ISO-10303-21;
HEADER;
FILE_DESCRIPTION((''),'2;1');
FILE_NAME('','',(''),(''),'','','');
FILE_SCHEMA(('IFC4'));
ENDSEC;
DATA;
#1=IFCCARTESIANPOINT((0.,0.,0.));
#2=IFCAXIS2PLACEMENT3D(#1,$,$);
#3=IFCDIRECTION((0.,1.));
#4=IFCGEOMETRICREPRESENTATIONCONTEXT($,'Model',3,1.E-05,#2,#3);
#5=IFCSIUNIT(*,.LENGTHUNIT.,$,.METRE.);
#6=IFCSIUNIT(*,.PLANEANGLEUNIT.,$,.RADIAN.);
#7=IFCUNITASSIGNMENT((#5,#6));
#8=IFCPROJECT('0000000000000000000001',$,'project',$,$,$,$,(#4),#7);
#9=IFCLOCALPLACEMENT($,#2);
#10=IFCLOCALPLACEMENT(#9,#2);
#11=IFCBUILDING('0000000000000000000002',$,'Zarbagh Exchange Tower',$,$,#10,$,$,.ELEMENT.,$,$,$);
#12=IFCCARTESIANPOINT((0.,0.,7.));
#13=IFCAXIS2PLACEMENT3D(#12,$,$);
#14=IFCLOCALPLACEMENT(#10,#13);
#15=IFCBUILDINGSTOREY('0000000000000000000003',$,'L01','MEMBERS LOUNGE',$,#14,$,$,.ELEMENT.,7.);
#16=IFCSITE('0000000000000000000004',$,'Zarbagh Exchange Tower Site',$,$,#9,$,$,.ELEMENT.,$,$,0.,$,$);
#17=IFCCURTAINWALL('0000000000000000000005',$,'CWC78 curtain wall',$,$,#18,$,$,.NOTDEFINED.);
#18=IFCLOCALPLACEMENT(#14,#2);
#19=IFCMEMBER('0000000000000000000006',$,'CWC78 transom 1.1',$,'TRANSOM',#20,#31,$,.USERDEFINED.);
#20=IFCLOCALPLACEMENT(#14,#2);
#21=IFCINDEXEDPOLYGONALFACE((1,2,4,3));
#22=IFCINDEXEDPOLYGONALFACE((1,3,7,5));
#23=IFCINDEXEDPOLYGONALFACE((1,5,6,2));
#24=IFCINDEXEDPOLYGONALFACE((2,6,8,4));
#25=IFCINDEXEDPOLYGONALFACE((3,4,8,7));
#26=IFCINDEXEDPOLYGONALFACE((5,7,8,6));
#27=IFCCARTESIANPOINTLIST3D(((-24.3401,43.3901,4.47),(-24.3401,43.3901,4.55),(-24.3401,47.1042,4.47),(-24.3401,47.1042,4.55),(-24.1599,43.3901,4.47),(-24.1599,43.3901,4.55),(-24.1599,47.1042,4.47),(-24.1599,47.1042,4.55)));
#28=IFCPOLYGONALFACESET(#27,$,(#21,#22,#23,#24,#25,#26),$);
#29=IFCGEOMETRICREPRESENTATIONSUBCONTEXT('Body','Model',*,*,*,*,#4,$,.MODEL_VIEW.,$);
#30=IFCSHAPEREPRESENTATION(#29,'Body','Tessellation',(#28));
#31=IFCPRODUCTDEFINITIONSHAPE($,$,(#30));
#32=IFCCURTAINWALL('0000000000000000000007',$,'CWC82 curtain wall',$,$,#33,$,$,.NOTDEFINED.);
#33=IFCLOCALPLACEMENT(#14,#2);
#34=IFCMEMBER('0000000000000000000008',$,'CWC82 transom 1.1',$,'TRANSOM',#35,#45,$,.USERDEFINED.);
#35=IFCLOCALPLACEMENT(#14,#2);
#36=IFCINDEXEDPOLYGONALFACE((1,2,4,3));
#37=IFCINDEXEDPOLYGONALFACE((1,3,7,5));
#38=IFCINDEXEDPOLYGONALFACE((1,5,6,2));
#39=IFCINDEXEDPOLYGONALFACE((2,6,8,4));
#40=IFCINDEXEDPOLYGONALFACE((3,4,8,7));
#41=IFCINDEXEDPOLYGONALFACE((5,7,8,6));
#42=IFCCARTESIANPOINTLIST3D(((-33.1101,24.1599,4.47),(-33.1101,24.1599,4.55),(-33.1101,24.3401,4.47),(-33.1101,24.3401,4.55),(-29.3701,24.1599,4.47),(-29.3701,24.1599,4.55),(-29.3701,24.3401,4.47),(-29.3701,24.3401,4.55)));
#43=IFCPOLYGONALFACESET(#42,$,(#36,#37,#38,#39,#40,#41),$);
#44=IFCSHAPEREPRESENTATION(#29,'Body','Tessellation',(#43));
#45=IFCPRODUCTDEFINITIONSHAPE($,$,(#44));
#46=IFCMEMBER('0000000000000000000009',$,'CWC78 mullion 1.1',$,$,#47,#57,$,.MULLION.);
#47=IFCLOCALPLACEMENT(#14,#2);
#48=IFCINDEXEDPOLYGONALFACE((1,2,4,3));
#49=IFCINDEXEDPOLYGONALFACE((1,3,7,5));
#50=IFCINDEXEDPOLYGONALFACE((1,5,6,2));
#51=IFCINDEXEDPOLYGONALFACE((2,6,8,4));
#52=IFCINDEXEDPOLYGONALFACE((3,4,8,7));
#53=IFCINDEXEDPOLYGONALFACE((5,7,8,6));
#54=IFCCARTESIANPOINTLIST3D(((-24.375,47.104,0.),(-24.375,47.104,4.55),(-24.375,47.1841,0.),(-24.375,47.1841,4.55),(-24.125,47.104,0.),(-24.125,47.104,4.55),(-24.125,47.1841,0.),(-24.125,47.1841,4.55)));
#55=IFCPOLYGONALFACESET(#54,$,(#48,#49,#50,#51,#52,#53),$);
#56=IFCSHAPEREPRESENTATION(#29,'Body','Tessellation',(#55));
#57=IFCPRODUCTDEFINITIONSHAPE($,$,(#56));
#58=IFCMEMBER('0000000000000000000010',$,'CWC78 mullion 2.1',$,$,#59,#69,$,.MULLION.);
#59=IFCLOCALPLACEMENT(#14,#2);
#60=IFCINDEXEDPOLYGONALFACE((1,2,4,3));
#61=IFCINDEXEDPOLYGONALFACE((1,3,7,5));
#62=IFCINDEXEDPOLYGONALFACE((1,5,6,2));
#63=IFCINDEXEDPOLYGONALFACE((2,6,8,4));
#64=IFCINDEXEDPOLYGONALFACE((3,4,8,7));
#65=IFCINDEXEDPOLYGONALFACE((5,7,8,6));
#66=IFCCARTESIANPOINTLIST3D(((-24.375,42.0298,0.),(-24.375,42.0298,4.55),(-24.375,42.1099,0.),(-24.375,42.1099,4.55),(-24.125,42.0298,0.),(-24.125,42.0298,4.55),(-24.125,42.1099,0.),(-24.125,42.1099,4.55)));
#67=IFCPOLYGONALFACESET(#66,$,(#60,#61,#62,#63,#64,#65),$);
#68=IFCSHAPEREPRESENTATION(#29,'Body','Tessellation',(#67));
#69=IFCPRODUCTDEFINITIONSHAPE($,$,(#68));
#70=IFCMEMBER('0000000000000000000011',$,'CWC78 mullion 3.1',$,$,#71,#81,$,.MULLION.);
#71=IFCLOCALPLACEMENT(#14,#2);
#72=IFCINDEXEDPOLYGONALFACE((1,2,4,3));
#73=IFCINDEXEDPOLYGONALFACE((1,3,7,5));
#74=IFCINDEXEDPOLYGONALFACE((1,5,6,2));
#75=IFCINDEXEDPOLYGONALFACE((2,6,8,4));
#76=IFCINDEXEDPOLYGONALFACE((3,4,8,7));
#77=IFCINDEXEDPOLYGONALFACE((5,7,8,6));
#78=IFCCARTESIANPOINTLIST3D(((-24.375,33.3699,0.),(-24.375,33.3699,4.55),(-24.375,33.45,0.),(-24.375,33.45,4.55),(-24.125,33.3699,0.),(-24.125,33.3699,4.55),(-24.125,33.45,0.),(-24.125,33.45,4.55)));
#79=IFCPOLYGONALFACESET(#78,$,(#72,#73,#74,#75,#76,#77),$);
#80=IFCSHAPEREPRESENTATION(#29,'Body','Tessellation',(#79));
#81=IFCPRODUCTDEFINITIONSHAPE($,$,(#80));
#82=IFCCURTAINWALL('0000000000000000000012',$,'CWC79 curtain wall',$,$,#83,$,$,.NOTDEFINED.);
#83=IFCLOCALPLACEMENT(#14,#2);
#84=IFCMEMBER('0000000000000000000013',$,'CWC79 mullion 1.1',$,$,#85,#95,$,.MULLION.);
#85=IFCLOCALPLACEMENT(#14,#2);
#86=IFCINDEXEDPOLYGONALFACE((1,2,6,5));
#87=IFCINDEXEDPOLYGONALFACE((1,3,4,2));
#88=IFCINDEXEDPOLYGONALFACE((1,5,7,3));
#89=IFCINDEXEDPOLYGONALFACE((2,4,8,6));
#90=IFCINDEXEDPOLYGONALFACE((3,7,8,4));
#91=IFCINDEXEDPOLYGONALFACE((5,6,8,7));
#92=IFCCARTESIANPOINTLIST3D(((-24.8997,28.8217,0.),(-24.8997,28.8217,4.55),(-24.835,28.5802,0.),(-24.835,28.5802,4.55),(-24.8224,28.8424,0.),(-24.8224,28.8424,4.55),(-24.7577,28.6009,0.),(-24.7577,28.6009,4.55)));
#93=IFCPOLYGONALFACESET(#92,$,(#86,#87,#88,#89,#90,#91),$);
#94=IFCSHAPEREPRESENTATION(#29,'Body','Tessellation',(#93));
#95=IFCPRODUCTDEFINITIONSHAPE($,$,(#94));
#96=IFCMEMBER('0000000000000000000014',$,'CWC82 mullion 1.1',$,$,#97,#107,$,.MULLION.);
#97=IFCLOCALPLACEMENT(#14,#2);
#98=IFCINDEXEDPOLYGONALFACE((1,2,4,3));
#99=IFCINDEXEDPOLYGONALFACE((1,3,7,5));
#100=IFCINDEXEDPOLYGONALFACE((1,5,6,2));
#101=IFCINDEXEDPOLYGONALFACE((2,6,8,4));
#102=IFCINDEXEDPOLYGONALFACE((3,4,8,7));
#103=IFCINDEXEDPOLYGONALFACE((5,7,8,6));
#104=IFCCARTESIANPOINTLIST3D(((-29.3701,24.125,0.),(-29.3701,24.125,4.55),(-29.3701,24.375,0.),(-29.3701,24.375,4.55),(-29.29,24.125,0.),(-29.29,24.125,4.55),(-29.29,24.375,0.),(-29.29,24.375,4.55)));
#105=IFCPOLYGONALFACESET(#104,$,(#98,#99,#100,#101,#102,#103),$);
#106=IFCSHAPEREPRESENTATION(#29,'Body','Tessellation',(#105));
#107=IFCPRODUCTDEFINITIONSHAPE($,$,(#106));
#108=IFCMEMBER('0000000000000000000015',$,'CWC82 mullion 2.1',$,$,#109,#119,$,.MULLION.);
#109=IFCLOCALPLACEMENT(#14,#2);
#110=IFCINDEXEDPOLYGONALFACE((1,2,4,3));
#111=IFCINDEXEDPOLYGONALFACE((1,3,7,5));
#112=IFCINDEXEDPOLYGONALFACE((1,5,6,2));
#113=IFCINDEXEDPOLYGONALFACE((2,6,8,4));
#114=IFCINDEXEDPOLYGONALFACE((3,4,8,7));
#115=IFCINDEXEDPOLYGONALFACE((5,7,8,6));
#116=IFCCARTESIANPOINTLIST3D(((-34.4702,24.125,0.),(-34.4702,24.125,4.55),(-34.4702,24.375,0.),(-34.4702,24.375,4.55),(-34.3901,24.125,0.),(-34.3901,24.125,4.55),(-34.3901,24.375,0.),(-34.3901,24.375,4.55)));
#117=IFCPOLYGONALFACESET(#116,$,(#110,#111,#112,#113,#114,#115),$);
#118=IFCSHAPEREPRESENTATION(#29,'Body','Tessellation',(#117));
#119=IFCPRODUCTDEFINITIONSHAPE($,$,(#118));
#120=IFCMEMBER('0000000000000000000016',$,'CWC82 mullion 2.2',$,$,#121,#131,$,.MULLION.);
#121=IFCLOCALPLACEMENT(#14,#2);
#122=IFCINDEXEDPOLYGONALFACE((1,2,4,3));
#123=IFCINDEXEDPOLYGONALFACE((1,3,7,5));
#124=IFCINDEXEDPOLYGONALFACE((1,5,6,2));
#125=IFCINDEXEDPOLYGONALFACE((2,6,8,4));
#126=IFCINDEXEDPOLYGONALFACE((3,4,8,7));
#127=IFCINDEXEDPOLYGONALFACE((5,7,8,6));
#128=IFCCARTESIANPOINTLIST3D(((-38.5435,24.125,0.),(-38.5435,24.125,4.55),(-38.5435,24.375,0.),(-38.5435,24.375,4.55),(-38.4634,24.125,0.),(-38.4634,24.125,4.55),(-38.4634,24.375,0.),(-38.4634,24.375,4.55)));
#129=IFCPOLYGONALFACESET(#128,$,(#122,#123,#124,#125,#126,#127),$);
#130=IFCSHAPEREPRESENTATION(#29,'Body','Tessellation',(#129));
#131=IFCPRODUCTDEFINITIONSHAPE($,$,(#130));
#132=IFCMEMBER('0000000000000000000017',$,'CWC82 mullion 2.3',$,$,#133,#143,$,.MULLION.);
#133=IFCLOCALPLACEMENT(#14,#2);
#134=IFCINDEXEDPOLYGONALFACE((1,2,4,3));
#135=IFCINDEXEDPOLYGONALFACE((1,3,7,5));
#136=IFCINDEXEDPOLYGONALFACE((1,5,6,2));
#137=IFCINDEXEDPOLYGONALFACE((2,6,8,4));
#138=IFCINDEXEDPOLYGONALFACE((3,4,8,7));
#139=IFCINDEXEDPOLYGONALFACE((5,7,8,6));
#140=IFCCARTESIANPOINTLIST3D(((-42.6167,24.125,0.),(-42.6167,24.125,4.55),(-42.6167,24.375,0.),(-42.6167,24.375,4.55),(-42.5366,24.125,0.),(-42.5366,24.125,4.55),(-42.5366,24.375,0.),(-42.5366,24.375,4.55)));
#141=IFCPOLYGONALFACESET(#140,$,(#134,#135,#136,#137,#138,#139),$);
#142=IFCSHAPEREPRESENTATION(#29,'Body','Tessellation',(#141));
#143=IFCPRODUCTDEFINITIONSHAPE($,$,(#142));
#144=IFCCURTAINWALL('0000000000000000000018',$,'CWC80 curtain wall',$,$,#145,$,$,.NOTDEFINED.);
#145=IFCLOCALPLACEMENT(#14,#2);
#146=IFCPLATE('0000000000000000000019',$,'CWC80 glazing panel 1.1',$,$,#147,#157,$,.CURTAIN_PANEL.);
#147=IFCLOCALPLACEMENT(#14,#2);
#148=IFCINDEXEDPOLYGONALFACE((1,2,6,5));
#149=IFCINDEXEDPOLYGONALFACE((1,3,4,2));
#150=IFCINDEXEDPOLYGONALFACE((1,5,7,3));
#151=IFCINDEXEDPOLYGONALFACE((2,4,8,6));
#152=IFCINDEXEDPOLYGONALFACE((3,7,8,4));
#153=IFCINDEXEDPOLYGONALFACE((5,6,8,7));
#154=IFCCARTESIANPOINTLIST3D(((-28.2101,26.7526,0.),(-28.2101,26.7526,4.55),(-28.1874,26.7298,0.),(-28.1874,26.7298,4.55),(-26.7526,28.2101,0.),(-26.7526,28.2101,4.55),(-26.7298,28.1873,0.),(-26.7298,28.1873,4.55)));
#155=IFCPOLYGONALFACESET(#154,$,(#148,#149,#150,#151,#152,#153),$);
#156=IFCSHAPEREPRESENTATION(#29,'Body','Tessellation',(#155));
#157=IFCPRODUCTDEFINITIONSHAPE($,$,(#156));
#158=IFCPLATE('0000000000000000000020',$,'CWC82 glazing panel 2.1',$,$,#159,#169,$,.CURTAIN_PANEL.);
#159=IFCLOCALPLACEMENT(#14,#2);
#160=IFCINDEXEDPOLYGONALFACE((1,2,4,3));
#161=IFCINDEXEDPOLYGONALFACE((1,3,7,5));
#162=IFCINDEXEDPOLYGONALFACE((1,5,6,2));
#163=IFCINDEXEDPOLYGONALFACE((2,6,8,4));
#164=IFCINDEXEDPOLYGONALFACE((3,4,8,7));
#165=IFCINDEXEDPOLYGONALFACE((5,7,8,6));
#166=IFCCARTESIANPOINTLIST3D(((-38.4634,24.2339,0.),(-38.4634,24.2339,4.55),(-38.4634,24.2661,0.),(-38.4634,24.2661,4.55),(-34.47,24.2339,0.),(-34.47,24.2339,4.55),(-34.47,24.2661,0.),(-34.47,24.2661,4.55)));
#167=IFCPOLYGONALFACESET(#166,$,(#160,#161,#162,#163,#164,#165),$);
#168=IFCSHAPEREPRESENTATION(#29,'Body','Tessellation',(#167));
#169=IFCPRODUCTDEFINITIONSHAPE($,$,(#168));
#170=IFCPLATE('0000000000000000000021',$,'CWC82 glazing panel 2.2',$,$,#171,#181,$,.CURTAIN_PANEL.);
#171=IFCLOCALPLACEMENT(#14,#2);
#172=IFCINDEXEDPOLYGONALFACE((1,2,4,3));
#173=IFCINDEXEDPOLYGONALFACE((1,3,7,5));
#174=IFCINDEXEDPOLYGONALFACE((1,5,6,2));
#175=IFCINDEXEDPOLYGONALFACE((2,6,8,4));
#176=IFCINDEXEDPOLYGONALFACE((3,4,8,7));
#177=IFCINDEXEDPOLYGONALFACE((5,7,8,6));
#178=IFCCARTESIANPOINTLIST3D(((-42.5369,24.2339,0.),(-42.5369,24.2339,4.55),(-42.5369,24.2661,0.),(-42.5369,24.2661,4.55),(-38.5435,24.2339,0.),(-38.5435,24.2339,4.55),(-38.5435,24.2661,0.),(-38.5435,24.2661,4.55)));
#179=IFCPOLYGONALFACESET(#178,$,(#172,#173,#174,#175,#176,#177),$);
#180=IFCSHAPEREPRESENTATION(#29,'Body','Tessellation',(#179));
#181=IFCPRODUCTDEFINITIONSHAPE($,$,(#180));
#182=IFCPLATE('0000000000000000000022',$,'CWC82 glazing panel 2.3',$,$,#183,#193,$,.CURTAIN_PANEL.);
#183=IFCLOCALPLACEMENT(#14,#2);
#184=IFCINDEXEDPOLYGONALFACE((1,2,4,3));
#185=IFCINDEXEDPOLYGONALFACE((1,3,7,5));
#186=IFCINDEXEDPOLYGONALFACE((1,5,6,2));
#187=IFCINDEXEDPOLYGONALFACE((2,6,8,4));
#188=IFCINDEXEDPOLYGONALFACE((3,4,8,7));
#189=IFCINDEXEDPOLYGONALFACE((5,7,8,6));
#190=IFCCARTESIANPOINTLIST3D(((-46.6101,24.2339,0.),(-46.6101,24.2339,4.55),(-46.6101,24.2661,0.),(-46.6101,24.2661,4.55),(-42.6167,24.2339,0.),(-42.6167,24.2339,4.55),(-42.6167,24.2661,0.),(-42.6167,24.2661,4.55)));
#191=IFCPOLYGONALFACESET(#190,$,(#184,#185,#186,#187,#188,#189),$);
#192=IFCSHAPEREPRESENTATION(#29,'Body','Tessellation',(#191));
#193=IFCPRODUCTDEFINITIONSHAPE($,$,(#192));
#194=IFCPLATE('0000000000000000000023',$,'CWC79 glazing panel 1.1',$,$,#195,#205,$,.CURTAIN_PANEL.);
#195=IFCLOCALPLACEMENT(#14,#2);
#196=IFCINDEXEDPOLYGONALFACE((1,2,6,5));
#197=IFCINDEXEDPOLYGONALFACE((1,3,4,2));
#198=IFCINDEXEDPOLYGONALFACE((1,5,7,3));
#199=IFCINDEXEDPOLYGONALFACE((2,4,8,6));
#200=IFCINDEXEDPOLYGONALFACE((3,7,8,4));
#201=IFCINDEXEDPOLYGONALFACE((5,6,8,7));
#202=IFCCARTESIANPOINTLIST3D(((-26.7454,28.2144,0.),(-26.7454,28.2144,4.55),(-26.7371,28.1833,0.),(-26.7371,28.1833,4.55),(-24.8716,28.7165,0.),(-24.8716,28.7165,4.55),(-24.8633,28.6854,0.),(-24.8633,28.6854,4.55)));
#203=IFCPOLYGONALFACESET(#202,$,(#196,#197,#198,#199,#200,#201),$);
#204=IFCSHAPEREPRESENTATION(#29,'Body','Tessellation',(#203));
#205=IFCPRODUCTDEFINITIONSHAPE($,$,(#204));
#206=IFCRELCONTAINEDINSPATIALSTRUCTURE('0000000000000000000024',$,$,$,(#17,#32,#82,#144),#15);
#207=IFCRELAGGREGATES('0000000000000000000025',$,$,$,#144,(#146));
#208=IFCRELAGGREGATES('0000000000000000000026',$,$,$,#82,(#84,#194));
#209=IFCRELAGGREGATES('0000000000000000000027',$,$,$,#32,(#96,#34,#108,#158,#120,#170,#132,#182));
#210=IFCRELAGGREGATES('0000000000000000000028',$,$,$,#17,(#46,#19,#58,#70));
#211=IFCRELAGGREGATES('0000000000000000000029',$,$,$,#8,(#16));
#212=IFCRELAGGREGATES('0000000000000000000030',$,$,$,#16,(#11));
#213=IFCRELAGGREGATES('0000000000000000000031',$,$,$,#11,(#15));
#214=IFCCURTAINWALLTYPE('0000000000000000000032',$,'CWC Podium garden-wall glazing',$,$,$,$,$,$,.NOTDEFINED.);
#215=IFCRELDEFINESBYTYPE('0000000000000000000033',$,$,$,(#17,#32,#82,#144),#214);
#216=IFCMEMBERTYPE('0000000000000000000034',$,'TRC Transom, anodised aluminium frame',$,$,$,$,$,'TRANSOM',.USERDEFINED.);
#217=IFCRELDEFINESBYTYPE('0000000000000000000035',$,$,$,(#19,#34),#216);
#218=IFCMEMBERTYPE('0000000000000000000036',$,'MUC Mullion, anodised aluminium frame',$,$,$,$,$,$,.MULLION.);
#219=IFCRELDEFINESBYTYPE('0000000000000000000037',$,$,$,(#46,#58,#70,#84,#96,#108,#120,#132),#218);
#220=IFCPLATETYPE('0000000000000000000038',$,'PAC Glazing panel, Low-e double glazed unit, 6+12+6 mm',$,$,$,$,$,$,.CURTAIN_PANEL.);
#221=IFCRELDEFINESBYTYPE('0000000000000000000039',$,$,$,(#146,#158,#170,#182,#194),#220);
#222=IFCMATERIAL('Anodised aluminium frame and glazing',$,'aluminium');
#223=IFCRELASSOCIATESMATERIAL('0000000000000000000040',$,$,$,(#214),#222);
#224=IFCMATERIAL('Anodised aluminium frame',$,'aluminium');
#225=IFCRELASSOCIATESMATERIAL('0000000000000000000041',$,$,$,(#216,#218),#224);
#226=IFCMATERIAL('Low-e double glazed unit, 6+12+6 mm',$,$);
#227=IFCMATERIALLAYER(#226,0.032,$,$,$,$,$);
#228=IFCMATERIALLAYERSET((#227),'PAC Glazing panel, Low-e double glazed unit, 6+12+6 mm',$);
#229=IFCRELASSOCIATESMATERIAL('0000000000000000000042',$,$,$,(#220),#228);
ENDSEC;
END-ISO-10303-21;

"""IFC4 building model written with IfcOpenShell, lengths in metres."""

from ifc_helpers import new_model, si_unit, direction, frame, origin, place, context, subcontext, project, spatial, polyline, outline, extrude, source, transform, mapped, material, layer, layer_set, type_object, element, aggregate, save


model = new_model("IFC4")

# Units and contexts
model_context = context("Model", 3, precision=1e-05, world=origin(), true_north=direction((0.0, 1.0)))
body_context = subcontext(model_context, "Body", "Model", "MODEL_VIEW")
ifc_project = project(units=[si_unit("LENGTHUNIT", "METRE"), si_unit("PLANEANGLEUNIT", "RADIAN")], contexts=[model_context])

# Site, building, storey
site_placement = place(None, origin())
site = spatial("IfcSite", under=ifc_project, at=site_placement, Name="Zarbagh Exchange Tower Site", CompositionType="ELEMENT", RefElevation=0.0)
building_placement = place(site_placement, origin())
building = spatial("IfcBuilding", under=site, at=building_placement, Name="Zarbagh Exchange Tower", CompositionType="ELEMENT")
storey_placement = place(building_placement, frame((0.0, 0.0, 7.0)))
storey = spatial("IfcBuildingStorey", under=building, at=storey_placement, Name="L01", Description="MEMBERS LOUNGE", CompositionType="ELEMENT", Elevation=7.0)

# Curtain walls, members
ifc_material_1 = material(Name="Anodised aluminium frame and glazing", Category="aluminium")
curtain_wall_type = type_object("IfcCurtainWallType", Name="CWC Podium garden-wall glazing", PredefinedType="NOTDEFINED", material=ifc_material_1)
curtain_wall_1_placement = place(storey_placement, origin())
curtain_wall_1 = element("IfcCurtainWall", 1, at=curtain_wall_1_placement, inside=storey, type_object=curtain_wall_type, Name="CWC78 curtain wall", PredefinedType="NOTDEFINED")
ifc_material_2 = material(Name="Anodised aluminium frame", Category="aluminium")
member_type_1 = type_object("IfcMemberType", Name="TRC Transom, anodised aluminium frame", ElementType="TRANSOM", PredefinedType="USERDEFINED", material=ifc_material_2)
shared_shape_1 = source(origin(), body_context, "Body", "SweptSolid", [
    extrude(outline(polyline([(-0.0801, -0.0901), (0.0, -0.0901), (0.0, 0.0901), (-0.0801, 0.0901), (-0.0801, -0.0901)])), origin(), (0.0, 0.0, 1.0), 3.7141),
])
placement = place(storey_placement, origin())
member_1 = element("IfcMember", 2, at=placement, type_object=member_type_1, Name="CWC78 transom 1.1", ObjectType="TRANSOM", PredefinedType="USERDEFINED", context=body_context, shape_type="MappedRepresentation", body=[
    mapped(shared_shape_1, transform((-24.25, 47.1042, 4.55), x_axis=(0.0, 0.0, 1.0), y_axis=(-1.0, 0.0, 0.0), z_axis=(0.0, -1.0, 0.0))),
])
curtain_wall_2_placement = place(storey_placement, origin())
curtain_wall_2 = element("IfcCurtainWall", 3, at=curtain_wall_2_placement, inside=storey, type_object=curtain_wall_type, Name="CWC82 curtain wall", PredefinedType="NOTDEFINED")
shared_shape_2 = source(origin(), body_context, "Body", "SweptSolid", [
    extrude(outline(polyline([(-0.0801, -0.0901), (0.0, -0.0901), (0.0, 0.0901), (-0.0801, 0.0901), (-0.0801, -0.0901)])), origin(), (0.0, 0.0, 1.0), 3.74),
])
member_2 = element("IfcMember", 4, at=placement, type_object=member_type_1, Name="CWC82 transom 1.1", ObjectType="TRANSOM", PredefinedType="USERDEFINED", context=body_context, shape_type="MappedRepresentation", body=[
    mapped(shared_shape_2, transform((-29.3701, 24.25, 4.55), x_axis=(0.0, 0.0, 1.0), y_axis=(0.0, 1.0, 0.0), z_axis=(-1.0, 0.0, 0.0))),
])

# Members
member_type_2 = type_object("IfcMemberType", Name="MUC Mullion, anodised aluminium frame", PredefinedType="MULLION", material=ifc_material_2)
shared_shape_3 = source(origin(), body_context, "Body", "SweptSolid", [
    extrude(outline(polyline([(0.0, -0.125), (0.0801, -0.125), (0.0801, 0.125), (0.0, 0.125), (0.0, -0.125)])), origin(), (0.0, 0.0, 1.0), 4.55),
])
member_3 = element("IfcMember", 5, at=placement, type_object=member_type_2, Name="CWC78 mullion 1.1", PredefinedType="MULLION", context=body_context, shape_type="MappedRepresentation", body=[
    mapped(shared_shape_3, transform((-24.25, 47.1841, 0.0), x_axis=(0.0, -1.0, 0.0), y_axis=(1.0, 0.0, 0.0), z_axis=(0.0, 0.0, 1.0))),
])
member_4 = element("IfcMember", 6, at=placement, type_object=member_type_2, Name="CWC78 mullion 2.1", PredefinedType="MULLION", context=body_context, shape_type="MappedRepresentation", body=[
    mapped(shared_shape_3, transform((-24.25, 42.1099, 0.0), x_axis=(0.0, -1.0, 0.0), y_axis=(1.0, 0.0, 0.0), z_axis=(0.0, 0.0, 1.0))),
])
member_5 = element("IfcMember", 7, at=placement, type_object=member_type_2, Name="CWC78 mullion 3.1", PredefinedType="MULLION", context=body_context, shape_type="MappedRepresentation", body=[
    mapped(shared_shape_3, transform((-24.25, 33.45, 0.0), x_axis=(0.0, -1.0, 0.0), y_axis=(1.0, 0.0, 0.0), z_axis=(0.0, 0.0, 1.0))),
])

# Curtain wall, member
curtain_wall_3_placement = place(storey_placement, origin())
curtain_wall_3 = element("IfcCurtainWall", 8, at=curtain_wall_3_placement, inside=storey, type_object=curtain_wall_type, Name="CWC79 curtain wall", PredefinedType="NOTDEFINED")
member_6 = element("IfcMember", 9, at=placement, type_object=member_type_2, Name="CWC79 mullion 1.1", PredefinedType="MULLION", context=body_context, shape_type="MappedRepresentation", body=[
    mapped(shared_shape_3, transform((-24.79, 28.7217, 0.0), x_axis=(-0.965924, -0.258825, 0.0), y_axis=(0.258825, -0.965924, 0.0), z_axis=(0.0, 0.0, 1.0))),
])

# Members
member_7 = element("IfcMember", 10, at=placement, type_object=member_type_2, Name="CWC82 mullion 1.1", PredefinedType="MULLION", context=body_context, shape_type="MappedRepresentation", body=[
    mapped(shared_shape_3, transform((-29.29, 24.25, 0.0), x_axis=(-1.0, 0.0, 0.0), y_axis=(0.0, -1.0, 0.0), z_axis=(0.0, 0.0, 1.0))),
])
member_8 = element("IfcMember", 11, at=placement, type_object=member_type_2, Name="CWC82 mullion 2.1", PredefinedType="MULLION", context=body_context, shape_type="MappedRepresentation", body=[
    mapped(shared_shape_3, transform((-34.3901, 24.25, 0.0), x_axis=(-1.0, 0.0, 0.0), y_axis=(0.0, -1.0, 0.0), z_axis=(0.0, 0.0, 1.0))),
])
member_9 = element("IfcMember", 12, at=placement, type_object=member_type_2, Name="CWC82 mullion 2.2", PredefinedType="MULLION", context=body_context, shape_type="MappedRepresentation", body=[
    mapped(shared_shape_3, transform((-38.4634, 24.25, 0.0), x_axis=(-1.0, 0.0, 0.0), y_axis=(0.0, -1.0, 0.0), z_axis=(0.0, 0.0, 1.0))),
])
member_10 = element("IfcMember", 13, at=placement, type_object=member_type_2, Name="CWC82 mullion 2.3", PredefinedType="MULLION", context=body_context, shape_type="MappedRepresentation", body=[
    mapped(shared_shape_3, transform((-42.5366, 24.25, 0.0), x_axis=(-1.0, 0.0, 0.0), y_axis=(0.0, -1.0, 0.0), z_axis=(0.0, 0.0, 1.0))),
])

# Curtain wall, plate
curtain_wall_4_placement = place(storey_placement, origin())
curtain_wall_4 = element("IfcCurtainWall", 14, at=curtain_wall_4_placement, inside=storey, type_object=curtain_wall_type, Name="CWC80 curtain wall", PredefinedType="NOTDEFINED")
ifc_material_3 = material(Name="Low-e double glazed unit, 6+12+6 mm")
ifc_layer = layer(ifc_material_3, 0.032)
ifc_layer_set = layer_set([ifc_layer], Name="PAC Glazing panel, Low-e double glazed unit, 6+12+6 mm")
plate_type = type_object("IfcPlateType", Name="PAC Glazing panel, Low-e double glazed unit, 6+12+6 mm", PredefinedType="CURTAIN_PANEL", material=ifc_layer_set)
shared_shape_4 = source(origin(), body_context, "Body", "SweptSolid", [
    extrude(outline(polyline([(0.0, -0.0161), (2.0613, -0.0161), (2.0613, 0.0161), (0.0, 0.0161), (0.0, -0.0161)])), origin(), (0.0, 0.0, 1.0), 4.55),
])
plate_1 = element("IfcPlate", 15, at=placement, type_object=plate_type, Name="CWC80 glazing panel 1.1", PredefinedType="CURTAIN_PANEL", context=body_context, shape_type="MappedRepresentation", body=[
    mapped(shared_shape_4, transform((-26.7412, 28.1987, 0.0), x_axis=(-0.707107, -0.707107, 0.0), y_axis=(0.707107, -0.707107, 0.0), z_axis=(0.0, 0.0, 1.0))),
])
aggregate(curtain_wall_4, [plate_1])

# Plates
shared_shape_5 = source(origin(), body_context, "Body", "SweptSolid", [
    extrude(outline(polyline([(0.0, -0.0161), (3.9934, -0.0161), (3.9934, 0.0161), (0.0, 0.0161), (0.0, -0.0161)])), origin(), (0.0, 0.0, 1.0), 4.55),
])
plate_2 = element("IfcPlate", 16, at=placement, type_object=plate_type, Name="CWC82 glazing panel 2.1", PredefinedType="CURTAIN_PANEL", context=body_context, shape_type="MappedRepresentation", body=[
    mapped(shared_shape_5, transform((-34.47, 24.25, 0.0), x_axis=(-1.0, 0.0, 0.0), y_axis=(0.0, -1.0, 0.0), z_axis=(0.0, 0.0, 1.0))),
])
plate_3 = element("IfcPlate", 17, at=placement, type_object=plate_type, Name="CWC82 glazing panel 2.2", PredefinedType="CURTAIN_PANEL", context=body_context, shape_type="MappedRepresentation", body=[
    mapped(shared_shape_5, transform((-38.5435, 24.25, 0.0), x_axis=(-1.0, 0.0, 0.0), y_axis=(0.0, -1.0, 0.0), z_axis=(0.0, 0.0, 1.0))),
])
plate_4 = element("IfcPlate", 18, at=placement, type_object=plate_type, Name="CWC82 glazing panel 2.3", PredefinedType="CURTAIN_PANEL", context=body_context, shape_type="MappedRepresentation", body=[
    mapped(shared_shape_5, transform((-42.6167, 24.25, 0.0), x_axis=(-1.0, 0.0, 0.0), y_axis=(0.0, -1.0, 0.0), z_axis=(0.0, 0.0, 1.0))),
])
shared_shape_6 = source(origin(), body_context, "Body", "SweptSolid", [
    extrude(outline(polyline([(0.0, -0.0161), (1.9399, -0.0161), (1.9399, 0.0161), (0.0, 0.0161), (0.0, -0.0161)])), origin(), (0.0, 0.0, 1.0), 4.55),
])
plate_5 = element("IfcPlate", 19, at=placement, type_object=plate_type, Name="CWC79 glazing panel 1.1", PredefinedType="CURTAIN_PANEL", context=body_context, shape_type="MappedRepresentation", body=[
    mapped(shared_shape_6, transform((-24.8674, 28.7009, 0.0), x_axis=(-0.965924, -0.258825, 0.0), y_axis=(0.258825, -0.965924, 0.0), z_axis=(0.0, 0.0, 1.0))),
])
aggregate(curtain_wall_3, [member_6, plate_5])

aggregate(curtain_wall_2, [member_7, member_2, member_8, plate_2, member_9, plate_3, member_10, plate_4])

aggregate(curtain_wall_1, [member_3, member_1, member_4, member_5])

save(model, "model.ifc")
